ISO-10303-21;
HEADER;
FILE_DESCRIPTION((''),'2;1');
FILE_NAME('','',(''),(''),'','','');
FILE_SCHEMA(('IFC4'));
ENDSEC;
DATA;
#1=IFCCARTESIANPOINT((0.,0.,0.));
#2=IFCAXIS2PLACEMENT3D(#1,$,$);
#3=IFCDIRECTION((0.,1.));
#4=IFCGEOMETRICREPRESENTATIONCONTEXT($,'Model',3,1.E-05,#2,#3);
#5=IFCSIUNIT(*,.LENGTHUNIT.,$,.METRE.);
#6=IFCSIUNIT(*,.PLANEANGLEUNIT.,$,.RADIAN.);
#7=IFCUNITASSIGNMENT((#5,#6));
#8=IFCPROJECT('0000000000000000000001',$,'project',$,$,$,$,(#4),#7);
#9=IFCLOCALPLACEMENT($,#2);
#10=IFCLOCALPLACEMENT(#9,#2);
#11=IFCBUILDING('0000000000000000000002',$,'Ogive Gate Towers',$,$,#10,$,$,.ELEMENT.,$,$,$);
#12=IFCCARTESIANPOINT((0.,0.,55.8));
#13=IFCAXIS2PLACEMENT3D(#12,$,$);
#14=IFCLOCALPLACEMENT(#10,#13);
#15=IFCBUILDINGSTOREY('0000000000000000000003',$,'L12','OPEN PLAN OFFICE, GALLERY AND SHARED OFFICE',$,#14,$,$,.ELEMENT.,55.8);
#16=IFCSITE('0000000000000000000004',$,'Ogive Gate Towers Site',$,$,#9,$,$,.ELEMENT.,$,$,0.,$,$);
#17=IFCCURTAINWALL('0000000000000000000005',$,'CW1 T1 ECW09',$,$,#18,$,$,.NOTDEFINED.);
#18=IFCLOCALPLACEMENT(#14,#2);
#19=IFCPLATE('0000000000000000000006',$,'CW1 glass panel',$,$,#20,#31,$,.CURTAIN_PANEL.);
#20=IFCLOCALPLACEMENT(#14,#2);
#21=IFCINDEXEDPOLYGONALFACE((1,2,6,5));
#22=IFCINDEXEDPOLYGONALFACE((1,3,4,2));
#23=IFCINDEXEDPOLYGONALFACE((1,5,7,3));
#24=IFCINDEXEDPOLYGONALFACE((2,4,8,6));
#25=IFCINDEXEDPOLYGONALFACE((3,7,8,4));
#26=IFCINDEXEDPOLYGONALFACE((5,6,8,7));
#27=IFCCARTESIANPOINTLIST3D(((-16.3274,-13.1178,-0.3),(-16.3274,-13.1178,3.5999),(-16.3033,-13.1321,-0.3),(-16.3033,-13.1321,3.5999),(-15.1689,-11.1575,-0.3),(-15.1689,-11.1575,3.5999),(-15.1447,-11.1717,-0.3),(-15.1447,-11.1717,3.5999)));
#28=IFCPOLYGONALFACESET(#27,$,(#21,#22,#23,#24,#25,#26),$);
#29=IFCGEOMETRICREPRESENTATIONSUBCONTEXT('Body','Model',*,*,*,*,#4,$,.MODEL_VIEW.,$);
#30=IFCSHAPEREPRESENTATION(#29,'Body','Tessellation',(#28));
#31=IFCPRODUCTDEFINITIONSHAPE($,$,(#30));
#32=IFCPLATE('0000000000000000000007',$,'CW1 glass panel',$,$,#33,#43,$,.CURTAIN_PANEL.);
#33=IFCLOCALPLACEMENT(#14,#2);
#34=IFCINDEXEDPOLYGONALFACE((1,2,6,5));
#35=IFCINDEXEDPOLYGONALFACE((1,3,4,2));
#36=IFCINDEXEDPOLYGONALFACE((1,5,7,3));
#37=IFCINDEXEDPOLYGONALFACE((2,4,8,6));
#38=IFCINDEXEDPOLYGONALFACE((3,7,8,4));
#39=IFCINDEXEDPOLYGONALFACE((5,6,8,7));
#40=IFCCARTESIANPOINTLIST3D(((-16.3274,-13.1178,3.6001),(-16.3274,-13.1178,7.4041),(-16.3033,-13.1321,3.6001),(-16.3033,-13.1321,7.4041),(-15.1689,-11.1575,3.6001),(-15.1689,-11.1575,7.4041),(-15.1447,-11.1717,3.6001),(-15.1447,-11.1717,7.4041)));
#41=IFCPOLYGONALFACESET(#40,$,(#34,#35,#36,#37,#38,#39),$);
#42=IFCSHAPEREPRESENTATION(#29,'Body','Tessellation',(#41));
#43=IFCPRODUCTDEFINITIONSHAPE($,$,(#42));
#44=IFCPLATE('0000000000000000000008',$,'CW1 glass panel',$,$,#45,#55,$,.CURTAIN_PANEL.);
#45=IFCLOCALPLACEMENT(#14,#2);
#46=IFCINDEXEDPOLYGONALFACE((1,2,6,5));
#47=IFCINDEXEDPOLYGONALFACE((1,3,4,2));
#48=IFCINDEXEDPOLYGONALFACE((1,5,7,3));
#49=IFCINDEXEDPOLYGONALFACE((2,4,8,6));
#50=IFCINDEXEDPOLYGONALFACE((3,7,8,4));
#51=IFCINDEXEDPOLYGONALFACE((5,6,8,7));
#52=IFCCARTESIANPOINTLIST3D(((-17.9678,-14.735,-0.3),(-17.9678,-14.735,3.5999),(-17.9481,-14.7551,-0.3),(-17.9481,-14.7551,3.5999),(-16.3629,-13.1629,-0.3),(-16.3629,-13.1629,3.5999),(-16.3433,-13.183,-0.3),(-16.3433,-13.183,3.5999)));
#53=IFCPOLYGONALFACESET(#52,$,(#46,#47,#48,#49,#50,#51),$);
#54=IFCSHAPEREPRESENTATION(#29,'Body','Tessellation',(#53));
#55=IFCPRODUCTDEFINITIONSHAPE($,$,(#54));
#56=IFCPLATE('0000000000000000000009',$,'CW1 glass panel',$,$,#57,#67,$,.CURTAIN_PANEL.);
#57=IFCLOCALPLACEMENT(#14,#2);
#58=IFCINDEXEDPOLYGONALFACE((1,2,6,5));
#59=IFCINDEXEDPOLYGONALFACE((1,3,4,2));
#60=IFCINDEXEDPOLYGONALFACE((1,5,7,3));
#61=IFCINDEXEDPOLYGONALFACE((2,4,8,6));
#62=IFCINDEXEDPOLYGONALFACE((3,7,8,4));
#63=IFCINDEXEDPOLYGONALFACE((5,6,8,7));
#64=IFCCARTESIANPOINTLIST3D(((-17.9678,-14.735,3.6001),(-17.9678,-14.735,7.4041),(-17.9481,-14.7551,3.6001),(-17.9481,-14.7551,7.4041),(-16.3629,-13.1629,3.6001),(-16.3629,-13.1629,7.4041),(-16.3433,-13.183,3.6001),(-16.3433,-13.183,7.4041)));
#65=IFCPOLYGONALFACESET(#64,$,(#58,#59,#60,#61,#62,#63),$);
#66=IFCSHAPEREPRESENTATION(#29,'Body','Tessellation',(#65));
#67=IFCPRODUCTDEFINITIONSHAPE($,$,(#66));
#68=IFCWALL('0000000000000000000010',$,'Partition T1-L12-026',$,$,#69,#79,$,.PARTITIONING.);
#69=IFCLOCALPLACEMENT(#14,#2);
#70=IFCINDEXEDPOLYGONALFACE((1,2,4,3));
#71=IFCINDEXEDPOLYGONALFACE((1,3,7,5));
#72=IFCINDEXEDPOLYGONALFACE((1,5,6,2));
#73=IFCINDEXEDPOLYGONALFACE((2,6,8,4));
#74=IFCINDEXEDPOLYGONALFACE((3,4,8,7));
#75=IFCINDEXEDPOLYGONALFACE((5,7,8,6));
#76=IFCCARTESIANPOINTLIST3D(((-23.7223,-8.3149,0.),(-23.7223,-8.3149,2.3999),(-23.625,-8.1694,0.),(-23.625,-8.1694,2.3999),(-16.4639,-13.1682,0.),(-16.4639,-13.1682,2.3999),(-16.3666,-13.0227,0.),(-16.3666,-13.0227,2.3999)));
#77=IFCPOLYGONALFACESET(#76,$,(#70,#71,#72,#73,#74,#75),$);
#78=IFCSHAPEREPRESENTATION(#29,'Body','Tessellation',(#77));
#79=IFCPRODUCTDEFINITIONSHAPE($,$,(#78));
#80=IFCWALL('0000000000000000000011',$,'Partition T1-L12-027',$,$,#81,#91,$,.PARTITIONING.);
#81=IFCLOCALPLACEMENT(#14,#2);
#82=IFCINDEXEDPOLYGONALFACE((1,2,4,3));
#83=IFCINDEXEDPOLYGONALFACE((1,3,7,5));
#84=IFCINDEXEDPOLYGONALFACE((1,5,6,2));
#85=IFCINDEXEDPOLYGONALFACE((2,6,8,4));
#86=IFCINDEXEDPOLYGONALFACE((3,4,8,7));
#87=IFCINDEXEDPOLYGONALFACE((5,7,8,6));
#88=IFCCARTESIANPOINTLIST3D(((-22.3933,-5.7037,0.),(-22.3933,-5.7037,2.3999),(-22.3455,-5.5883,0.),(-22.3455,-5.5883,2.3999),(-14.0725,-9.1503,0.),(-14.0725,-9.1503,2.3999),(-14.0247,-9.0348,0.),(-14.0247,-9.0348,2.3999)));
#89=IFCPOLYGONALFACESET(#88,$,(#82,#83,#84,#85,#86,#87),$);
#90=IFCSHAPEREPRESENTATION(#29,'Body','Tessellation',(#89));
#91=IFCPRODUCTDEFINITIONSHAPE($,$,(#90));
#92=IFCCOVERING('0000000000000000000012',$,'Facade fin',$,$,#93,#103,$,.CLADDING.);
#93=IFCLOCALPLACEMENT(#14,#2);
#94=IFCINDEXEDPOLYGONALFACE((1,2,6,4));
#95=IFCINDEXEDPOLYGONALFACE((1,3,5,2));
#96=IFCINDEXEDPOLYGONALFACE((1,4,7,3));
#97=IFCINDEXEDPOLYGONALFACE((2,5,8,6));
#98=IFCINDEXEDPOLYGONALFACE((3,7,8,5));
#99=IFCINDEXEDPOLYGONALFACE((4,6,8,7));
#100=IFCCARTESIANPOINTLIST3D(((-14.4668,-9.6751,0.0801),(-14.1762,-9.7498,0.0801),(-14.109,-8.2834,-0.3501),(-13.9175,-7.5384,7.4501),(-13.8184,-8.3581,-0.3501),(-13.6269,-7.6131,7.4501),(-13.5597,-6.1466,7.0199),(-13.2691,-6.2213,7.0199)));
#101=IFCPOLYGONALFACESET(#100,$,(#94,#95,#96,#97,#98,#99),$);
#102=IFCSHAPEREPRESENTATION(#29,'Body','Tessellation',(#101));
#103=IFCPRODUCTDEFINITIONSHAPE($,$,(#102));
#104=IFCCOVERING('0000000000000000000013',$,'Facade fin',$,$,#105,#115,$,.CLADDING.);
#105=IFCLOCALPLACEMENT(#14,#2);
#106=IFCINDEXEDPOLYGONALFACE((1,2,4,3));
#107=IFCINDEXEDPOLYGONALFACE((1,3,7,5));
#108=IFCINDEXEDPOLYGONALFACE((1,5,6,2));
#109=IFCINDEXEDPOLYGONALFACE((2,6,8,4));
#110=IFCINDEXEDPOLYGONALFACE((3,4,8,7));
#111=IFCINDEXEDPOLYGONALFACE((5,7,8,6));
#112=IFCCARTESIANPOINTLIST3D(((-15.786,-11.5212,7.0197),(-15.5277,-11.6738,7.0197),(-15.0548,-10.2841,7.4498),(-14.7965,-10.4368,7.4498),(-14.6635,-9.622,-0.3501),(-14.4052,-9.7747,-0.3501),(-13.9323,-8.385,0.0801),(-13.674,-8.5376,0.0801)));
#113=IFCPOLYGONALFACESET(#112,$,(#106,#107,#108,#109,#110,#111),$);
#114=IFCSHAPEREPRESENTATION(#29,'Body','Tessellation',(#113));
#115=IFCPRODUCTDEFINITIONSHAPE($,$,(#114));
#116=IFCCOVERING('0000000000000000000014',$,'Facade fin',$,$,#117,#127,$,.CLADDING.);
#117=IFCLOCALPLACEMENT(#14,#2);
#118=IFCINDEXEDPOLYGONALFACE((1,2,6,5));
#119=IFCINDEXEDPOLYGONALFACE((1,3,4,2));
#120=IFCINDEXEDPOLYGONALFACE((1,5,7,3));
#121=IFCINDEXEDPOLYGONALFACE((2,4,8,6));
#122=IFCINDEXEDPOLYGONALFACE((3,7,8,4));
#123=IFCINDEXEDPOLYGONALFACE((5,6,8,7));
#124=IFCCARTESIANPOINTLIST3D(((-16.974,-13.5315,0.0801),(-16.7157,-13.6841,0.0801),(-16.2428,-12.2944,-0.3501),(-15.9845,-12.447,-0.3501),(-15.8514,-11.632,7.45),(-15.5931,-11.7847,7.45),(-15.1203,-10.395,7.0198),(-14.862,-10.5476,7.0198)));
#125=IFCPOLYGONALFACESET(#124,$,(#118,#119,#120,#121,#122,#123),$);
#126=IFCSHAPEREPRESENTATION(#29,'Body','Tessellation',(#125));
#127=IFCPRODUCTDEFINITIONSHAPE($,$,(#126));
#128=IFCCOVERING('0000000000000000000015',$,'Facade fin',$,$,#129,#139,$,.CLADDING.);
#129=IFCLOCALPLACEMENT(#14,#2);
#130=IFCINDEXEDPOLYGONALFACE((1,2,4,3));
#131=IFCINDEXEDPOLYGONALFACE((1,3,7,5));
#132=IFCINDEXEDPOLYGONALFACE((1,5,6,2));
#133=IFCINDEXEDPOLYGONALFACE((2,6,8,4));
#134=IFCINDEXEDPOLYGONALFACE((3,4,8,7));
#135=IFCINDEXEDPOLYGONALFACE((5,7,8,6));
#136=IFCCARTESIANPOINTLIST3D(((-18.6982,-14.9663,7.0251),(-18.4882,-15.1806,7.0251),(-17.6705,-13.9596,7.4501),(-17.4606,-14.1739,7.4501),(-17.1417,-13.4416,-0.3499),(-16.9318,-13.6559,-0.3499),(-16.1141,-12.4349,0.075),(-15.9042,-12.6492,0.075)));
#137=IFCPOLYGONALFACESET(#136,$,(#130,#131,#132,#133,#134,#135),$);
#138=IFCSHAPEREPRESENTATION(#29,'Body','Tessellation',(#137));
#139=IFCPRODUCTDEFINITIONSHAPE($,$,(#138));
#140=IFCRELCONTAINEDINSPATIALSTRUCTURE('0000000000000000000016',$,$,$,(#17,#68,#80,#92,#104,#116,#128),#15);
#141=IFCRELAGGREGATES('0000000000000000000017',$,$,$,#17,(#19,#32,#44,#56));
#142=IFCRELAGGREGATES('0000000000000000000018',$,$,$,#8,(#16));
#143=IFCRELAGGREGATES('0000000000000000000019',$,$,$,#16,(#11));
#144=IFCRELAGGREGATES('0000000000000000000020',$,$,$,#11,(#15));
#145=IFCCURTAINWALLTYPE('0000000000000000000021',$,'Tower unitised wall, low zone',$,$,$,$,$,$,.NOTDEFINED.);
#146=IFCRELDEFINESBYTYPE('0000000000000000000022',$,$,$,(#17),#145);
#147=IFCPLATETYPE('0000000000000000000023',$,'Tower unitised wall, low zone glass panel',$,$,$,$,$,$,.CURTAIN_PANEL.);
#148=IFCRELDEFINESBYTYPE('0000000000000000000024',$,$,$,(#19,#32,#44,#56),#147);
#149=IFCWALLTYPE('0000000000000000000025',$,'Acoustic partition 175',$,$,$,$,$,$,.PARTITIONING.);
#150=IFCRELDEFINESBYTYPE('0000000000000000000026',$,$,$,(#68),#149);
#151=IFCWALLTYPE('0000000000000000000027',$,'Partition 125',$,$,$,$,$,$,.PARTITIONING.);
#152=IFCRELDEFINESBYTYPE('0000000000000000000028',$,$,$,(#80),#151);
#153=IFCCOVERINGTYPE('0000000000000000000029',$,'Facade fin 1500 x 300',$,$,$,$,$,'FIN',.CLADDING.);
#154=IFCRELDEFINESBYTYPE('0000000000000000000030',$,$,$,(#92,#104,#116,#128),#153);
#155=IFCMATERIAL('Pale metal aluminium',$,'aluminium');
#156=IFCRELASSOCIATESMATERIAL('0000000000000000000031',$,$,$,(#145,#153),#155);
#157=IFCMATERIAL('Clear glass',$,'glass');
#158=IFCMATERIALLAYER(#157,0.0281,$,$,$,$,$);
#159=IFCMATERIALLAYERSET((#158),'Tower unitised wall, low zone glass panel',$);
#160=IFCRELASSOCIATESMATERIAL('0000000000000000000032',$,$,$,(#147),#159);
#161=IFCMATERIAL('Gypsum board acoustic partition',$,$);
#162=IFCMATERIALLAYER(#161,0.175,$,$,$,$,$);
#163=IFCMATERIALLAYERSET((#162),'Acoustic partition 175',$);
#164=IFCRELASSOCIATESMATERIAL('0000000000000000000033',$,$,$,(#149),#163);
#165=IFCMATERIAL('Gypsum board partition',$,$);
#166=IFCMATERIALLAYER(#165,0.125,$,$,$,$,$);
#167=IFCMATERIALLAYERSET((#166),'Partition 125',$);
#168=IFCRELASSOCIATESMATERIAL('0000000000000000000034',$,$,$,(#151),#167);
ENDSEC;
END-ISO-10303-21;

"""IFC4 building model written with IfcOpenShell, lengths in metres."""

from ifc_helpers import new_model, si_unit, direction, frame, frame_2d, origin, origin_2d, place, context, subcontext, project, spatial, rectangle, extrude, material, layer, layer_set, material_profile, profile_set, type_object, element, aggregate, save


model = new_model("IFC4")

# Units and contexts
model_context = context("Model", 3, precision=1e-05, world=origin(), true_north=direction((0.0, 1.0)))
body_context = subcontext(model_context, "Body", "Model", "MODEL_VIEW")
ifc_project = project(units=[si_unit("LENGTHUNIT", "METRE"), si_unit("PLANEANGLEUNIT", "RADIAN")], contexts=[model_context])

# Site, building, storey
site_placement = place(None, origin())
site = spatial("IfcSite", under=ifc_project, at=site_placement, Name="Ogive Gate Towers Site", CompositionType="ELEMENT", RefElevation=0.0)
building_placement = place(site_placement, origin())
building = spatial("IfcBuilding", under=site, at=building_placement, Name="Ogive Gate Towers", CompositionType="ELEMENT")
storey_placement = place(building_placement, frame((0.0, 0.0, 55.8)))
storey = spatial("IfcBuildingStorey", under=building, at=storey_placement, Name="L12", Description="OPEN PLAN OFFICE, GALLERY AND SHARED OFFICE", CompositionType="ELEMENT", Elevation=55.8)

# Curtain wall, plates
ifc_material_1 = material(Name="Pale metal aluminium", Category="aluminium")
curtain_wall_type = type_object("IfcCurtainWallType", Name="Tower unitised wall, low zone", PredefinedType="NOTDEFINED", material=ifc_material_1)
curtain_wall_placement = place(storey_placement, origin())
curtain_wall = element("IfcCurtainWall", 1, at=curtain_wall_placement, inside=storey, type_object=curtain_wall_type, Name="CW1 T1 ECW09", PredefinedType="NOTDEFINED")
ifc_material_2 = material(Name="Clear glass", Category="glass")
ifc_layer_1 = layer(ifc_material_2, 0.0281)
ifc_layer_set_1 = layer_set([ifc_layer_1], Name="Tower unitised wall, low zone glass panel")
plate_type = type_object("IfcPlateType", Name="Tower unitised wall, low zone glass panel", PredefinedType="CURTAIN_PANEL", material=ifc_layer_set_1)
plate_1_placement = place(storey_placement, frame((-15.7361, -12.1448, -0.3), z_axis=(0.0, 0.0, 1.0), x_axis=(-0.508771, -0.860902, 0.0)))
plate_1 = element("IfcPlate", 2, at=plate_1_placement, type_object=plate_type, Name="CW1 glass panel", PredefinedType="CURTAIN_PANEL", context=body_context, shape_type="SweptSolid", body=[
    extrude(rectangle(XDim=2.2771, YDim=0.0281, at=origin_2d()), origin(), (0.0, 0.0, 1.0), 3.8999),
])
plate_2_placement = place(storey_placement, frame((-15.7361, -12.1448, 3.6001), z_axis=(0.0, 0.0, 1.0), x_axis=(-0.508771, -0.860902, 0.0)))
plate_2 = element("IfcPlate", 3, at=plate_2_placement, type_object=plate_type, Name="CW1 glass panel", PredefinedType="CURTAIN_PANEL", context=body_context, shape_type="SweptSolid", body=[
    extrude(rectangle(XDim=2.2771, YDim=0.0281, at=origin_2d()), origin(), (0.0, 0.0, 1.0), 3.804),
])
plate_3_placement = place(storey_placement, frame((-17.1555, -13.959, -0.3), z_axis=(0.0, 0.0, 1.0), x_axis=(-0.714363, -0.699776, 0.0)))
plate_3 = element("IfcPlate", 4, at=plate_3_placement, type_object=plate_type, Name="CW1 glass panel", PredefinedType="CURTAIN_PANEL", context=body_context, shape_type="SweptSolid", body=[
    extrude(rectangle(XDim=2.2466, YDim=0.0281, at=origin_2d()), origin(), (0.0, 0.0, 1.0), 3.8999),
])
plate_4_placement = place(storey_placement, frame((-17.1555, -13.959, 3.6001), z_axis=(0.0, 0.0, 1.0), x_axis=(-0.714363, -0.699776, 0.0)))
plate_4 = element("IfcPlate", 5, at=plate_4_placement, type_object=plate_type, Name="CW1 glass panel", PredefinedType="CURTAIN_PANEL", context=body_context, shape_type="SweptSolid", body=[
    extrude(rectangle(XDim=2.2466, YDim=0.0281, at=origin_2d()), origin(), (0.0, 0.0, 1.0), 3.804),
])
aggregate(curtain_wall, [plate_1, plate_2, plate_3, plate_4])

# Walls
ifc_material_3 = material(Name="Gypsum board acoustic partition")
ifc_layer_2 = layer(ifc_material_3, 0.175)
ifc_layer_set_2 = layer_set([ifc_layer_2], Name="Acoustic partition 175")
wall_type_1 = type_object("IfcWallType", Name="Acoustic partition 175", PredefinedType="PARTITIONING", material=ifc_layer_set_2)
wall_1_placement = place(storey_placement, frame((-16.4153, -13.0955, 0.0), z_axis=(0.0, 0.0, 1.0), x_axis=(-0.831288, 0.555842, 0.0)))
element("IfcWall", 6, at=wall_1_placement, inside=storey, type_object=wall_type_1, Name="Partition T1-L12-026", PredefinedType="PARTITIONING", context=body_context, shape_type="SweptSolid", body=[
    extrude(rectangle(XDim=8.7314, YDim=0.175, at=frame_2d((4.3657, 0.0))), origin(), (0.0, 0.0, 1.0), 2.3999),
])
ifc_material_4 = material(Name="Gypsum board partition")
ifc_layer_3 = layer(ifc_material_4, 0.125)
ifc_layer_set_3 = layer_set([ifc_layer_3], Name="Partition 125")
wall_type_2 = type_object("IfcWallType", Name="Partition 125", PredefinedType="PARTITIONING", material=ifc_layer_set_3)
wall_2_placement = place(storey_placement, frame((-14.0486, -9.0925, 0.0), z_axis=(0.0, 0.0, 1.0), x_axis=(-0.923882, 0.382678, 0.0)))
element("IfcWall", 7, at=wall_2_placement, inside=storey, type_object=wall_type_2, Name="Partition T1-L12-027", PredefinedType="PARTITIONING", context=body_context, shape_type="SweptSolid", body=[
    extrude(rectangle(XDim=9.0063, YDim=0.125, at=frame_2d((4.5032, 0.0))), origin(), (0.0, 0.0, 1.0), 2.3999),
])

# Coverings
ifc_material_profile_1 = material_profile(ifc_material_1, rectangle(XDim=0.3, YDim=1.5, at=origin_2d()), Name="1500 x 300 pale metal aluminium")
ifc_profile_set_1 = profile_set([ifc_material_profile_1], Name="Pale metal aluminium")
covering_type = type_object("IfcCoveringType", Name="Facade fin 1500 x 300", ElementType="FIN", PredefinedType="CLADDING", material=ifc_profile_set_1)
covering_1_placement = place(storey_placement, frame((-14.1426, -9.0166, -0.135), z_axis=(0.071405, 0.277748, 0.957997), x_axis=(-0.968507, 0.248988, 0.0)))
element("IfcCovering", 8, at=covering_1_placement, inside=storey, type_object=covering_type, Name="Facade fin", PredefinedType="CLADDING", context=body_context, shape_type="SweptSolid", body=[
    extrude(rectangle(XDim=0.3, YDim=1.5, at=origin_2d()), origin(), (0.0, 0.0, 1.0), 7.6931),
])
covering_2_placement = place(storey_placement, frame((-14.1687, -9.0798, -0.135), z_axis=(-0.14592, -0.24687, 0.957999), x_axis=(0.860863, -0.508837, 0.0)))
element("IfcCovering", 9, at=covering_2_placement, inside=storey, type_object=covering_type, Name="Facade fin", PredefinedType="CLADDING", context=body_context, shape_type="SweptSolid", body=[
    extrude(rectangle(XDim=0.3, YDim=1.5, at=origin_2d()), origin(), (0.0, 0.0, 1.0), 7.6929),
])
covering_3_placement = place(storey_placement, frame((-16.4792, -12.9893, -0.135), z_axis=(0.145919, 0.2469, 0.957992), x_axis=(-0.860891, 0.508789, 0.0)))
element("IfcCovering", 10, at=covering_3_placement, inside=storey, type_object=covering_type, Name="Facade fin", PredefinedType="CLADDING", context=body_context, shape_type="SweptSolid", body=[
    extrude(rectangle(XDim=0.3, YDim=1.5, at=origin_2d()), origin(), (0.0, 0.0, 1.0), 7.6931),
])
covering_4_placement = place(storey_placement, frame((-16.5229, -13.0454, -0.1375), z_axis=(-0.20239, -0.198263, 0.959026), x_axis=(0.699786, -0.714353, 0.0)))
element("IfcCovering", 11, at=covering_4_placement, inside=storey, type_object=covering_type, Name="Facade fin", PredefinedType="CLADDING", context=body_context, shape_type="SweptSolid", body=[
    extrude(rectangle(XDim=0.3, YDim=1.5, at=origin_2d()), origin(), (0.0, 0.0, 1.0), 7.6902),
])

save(model, "model.ifc")
